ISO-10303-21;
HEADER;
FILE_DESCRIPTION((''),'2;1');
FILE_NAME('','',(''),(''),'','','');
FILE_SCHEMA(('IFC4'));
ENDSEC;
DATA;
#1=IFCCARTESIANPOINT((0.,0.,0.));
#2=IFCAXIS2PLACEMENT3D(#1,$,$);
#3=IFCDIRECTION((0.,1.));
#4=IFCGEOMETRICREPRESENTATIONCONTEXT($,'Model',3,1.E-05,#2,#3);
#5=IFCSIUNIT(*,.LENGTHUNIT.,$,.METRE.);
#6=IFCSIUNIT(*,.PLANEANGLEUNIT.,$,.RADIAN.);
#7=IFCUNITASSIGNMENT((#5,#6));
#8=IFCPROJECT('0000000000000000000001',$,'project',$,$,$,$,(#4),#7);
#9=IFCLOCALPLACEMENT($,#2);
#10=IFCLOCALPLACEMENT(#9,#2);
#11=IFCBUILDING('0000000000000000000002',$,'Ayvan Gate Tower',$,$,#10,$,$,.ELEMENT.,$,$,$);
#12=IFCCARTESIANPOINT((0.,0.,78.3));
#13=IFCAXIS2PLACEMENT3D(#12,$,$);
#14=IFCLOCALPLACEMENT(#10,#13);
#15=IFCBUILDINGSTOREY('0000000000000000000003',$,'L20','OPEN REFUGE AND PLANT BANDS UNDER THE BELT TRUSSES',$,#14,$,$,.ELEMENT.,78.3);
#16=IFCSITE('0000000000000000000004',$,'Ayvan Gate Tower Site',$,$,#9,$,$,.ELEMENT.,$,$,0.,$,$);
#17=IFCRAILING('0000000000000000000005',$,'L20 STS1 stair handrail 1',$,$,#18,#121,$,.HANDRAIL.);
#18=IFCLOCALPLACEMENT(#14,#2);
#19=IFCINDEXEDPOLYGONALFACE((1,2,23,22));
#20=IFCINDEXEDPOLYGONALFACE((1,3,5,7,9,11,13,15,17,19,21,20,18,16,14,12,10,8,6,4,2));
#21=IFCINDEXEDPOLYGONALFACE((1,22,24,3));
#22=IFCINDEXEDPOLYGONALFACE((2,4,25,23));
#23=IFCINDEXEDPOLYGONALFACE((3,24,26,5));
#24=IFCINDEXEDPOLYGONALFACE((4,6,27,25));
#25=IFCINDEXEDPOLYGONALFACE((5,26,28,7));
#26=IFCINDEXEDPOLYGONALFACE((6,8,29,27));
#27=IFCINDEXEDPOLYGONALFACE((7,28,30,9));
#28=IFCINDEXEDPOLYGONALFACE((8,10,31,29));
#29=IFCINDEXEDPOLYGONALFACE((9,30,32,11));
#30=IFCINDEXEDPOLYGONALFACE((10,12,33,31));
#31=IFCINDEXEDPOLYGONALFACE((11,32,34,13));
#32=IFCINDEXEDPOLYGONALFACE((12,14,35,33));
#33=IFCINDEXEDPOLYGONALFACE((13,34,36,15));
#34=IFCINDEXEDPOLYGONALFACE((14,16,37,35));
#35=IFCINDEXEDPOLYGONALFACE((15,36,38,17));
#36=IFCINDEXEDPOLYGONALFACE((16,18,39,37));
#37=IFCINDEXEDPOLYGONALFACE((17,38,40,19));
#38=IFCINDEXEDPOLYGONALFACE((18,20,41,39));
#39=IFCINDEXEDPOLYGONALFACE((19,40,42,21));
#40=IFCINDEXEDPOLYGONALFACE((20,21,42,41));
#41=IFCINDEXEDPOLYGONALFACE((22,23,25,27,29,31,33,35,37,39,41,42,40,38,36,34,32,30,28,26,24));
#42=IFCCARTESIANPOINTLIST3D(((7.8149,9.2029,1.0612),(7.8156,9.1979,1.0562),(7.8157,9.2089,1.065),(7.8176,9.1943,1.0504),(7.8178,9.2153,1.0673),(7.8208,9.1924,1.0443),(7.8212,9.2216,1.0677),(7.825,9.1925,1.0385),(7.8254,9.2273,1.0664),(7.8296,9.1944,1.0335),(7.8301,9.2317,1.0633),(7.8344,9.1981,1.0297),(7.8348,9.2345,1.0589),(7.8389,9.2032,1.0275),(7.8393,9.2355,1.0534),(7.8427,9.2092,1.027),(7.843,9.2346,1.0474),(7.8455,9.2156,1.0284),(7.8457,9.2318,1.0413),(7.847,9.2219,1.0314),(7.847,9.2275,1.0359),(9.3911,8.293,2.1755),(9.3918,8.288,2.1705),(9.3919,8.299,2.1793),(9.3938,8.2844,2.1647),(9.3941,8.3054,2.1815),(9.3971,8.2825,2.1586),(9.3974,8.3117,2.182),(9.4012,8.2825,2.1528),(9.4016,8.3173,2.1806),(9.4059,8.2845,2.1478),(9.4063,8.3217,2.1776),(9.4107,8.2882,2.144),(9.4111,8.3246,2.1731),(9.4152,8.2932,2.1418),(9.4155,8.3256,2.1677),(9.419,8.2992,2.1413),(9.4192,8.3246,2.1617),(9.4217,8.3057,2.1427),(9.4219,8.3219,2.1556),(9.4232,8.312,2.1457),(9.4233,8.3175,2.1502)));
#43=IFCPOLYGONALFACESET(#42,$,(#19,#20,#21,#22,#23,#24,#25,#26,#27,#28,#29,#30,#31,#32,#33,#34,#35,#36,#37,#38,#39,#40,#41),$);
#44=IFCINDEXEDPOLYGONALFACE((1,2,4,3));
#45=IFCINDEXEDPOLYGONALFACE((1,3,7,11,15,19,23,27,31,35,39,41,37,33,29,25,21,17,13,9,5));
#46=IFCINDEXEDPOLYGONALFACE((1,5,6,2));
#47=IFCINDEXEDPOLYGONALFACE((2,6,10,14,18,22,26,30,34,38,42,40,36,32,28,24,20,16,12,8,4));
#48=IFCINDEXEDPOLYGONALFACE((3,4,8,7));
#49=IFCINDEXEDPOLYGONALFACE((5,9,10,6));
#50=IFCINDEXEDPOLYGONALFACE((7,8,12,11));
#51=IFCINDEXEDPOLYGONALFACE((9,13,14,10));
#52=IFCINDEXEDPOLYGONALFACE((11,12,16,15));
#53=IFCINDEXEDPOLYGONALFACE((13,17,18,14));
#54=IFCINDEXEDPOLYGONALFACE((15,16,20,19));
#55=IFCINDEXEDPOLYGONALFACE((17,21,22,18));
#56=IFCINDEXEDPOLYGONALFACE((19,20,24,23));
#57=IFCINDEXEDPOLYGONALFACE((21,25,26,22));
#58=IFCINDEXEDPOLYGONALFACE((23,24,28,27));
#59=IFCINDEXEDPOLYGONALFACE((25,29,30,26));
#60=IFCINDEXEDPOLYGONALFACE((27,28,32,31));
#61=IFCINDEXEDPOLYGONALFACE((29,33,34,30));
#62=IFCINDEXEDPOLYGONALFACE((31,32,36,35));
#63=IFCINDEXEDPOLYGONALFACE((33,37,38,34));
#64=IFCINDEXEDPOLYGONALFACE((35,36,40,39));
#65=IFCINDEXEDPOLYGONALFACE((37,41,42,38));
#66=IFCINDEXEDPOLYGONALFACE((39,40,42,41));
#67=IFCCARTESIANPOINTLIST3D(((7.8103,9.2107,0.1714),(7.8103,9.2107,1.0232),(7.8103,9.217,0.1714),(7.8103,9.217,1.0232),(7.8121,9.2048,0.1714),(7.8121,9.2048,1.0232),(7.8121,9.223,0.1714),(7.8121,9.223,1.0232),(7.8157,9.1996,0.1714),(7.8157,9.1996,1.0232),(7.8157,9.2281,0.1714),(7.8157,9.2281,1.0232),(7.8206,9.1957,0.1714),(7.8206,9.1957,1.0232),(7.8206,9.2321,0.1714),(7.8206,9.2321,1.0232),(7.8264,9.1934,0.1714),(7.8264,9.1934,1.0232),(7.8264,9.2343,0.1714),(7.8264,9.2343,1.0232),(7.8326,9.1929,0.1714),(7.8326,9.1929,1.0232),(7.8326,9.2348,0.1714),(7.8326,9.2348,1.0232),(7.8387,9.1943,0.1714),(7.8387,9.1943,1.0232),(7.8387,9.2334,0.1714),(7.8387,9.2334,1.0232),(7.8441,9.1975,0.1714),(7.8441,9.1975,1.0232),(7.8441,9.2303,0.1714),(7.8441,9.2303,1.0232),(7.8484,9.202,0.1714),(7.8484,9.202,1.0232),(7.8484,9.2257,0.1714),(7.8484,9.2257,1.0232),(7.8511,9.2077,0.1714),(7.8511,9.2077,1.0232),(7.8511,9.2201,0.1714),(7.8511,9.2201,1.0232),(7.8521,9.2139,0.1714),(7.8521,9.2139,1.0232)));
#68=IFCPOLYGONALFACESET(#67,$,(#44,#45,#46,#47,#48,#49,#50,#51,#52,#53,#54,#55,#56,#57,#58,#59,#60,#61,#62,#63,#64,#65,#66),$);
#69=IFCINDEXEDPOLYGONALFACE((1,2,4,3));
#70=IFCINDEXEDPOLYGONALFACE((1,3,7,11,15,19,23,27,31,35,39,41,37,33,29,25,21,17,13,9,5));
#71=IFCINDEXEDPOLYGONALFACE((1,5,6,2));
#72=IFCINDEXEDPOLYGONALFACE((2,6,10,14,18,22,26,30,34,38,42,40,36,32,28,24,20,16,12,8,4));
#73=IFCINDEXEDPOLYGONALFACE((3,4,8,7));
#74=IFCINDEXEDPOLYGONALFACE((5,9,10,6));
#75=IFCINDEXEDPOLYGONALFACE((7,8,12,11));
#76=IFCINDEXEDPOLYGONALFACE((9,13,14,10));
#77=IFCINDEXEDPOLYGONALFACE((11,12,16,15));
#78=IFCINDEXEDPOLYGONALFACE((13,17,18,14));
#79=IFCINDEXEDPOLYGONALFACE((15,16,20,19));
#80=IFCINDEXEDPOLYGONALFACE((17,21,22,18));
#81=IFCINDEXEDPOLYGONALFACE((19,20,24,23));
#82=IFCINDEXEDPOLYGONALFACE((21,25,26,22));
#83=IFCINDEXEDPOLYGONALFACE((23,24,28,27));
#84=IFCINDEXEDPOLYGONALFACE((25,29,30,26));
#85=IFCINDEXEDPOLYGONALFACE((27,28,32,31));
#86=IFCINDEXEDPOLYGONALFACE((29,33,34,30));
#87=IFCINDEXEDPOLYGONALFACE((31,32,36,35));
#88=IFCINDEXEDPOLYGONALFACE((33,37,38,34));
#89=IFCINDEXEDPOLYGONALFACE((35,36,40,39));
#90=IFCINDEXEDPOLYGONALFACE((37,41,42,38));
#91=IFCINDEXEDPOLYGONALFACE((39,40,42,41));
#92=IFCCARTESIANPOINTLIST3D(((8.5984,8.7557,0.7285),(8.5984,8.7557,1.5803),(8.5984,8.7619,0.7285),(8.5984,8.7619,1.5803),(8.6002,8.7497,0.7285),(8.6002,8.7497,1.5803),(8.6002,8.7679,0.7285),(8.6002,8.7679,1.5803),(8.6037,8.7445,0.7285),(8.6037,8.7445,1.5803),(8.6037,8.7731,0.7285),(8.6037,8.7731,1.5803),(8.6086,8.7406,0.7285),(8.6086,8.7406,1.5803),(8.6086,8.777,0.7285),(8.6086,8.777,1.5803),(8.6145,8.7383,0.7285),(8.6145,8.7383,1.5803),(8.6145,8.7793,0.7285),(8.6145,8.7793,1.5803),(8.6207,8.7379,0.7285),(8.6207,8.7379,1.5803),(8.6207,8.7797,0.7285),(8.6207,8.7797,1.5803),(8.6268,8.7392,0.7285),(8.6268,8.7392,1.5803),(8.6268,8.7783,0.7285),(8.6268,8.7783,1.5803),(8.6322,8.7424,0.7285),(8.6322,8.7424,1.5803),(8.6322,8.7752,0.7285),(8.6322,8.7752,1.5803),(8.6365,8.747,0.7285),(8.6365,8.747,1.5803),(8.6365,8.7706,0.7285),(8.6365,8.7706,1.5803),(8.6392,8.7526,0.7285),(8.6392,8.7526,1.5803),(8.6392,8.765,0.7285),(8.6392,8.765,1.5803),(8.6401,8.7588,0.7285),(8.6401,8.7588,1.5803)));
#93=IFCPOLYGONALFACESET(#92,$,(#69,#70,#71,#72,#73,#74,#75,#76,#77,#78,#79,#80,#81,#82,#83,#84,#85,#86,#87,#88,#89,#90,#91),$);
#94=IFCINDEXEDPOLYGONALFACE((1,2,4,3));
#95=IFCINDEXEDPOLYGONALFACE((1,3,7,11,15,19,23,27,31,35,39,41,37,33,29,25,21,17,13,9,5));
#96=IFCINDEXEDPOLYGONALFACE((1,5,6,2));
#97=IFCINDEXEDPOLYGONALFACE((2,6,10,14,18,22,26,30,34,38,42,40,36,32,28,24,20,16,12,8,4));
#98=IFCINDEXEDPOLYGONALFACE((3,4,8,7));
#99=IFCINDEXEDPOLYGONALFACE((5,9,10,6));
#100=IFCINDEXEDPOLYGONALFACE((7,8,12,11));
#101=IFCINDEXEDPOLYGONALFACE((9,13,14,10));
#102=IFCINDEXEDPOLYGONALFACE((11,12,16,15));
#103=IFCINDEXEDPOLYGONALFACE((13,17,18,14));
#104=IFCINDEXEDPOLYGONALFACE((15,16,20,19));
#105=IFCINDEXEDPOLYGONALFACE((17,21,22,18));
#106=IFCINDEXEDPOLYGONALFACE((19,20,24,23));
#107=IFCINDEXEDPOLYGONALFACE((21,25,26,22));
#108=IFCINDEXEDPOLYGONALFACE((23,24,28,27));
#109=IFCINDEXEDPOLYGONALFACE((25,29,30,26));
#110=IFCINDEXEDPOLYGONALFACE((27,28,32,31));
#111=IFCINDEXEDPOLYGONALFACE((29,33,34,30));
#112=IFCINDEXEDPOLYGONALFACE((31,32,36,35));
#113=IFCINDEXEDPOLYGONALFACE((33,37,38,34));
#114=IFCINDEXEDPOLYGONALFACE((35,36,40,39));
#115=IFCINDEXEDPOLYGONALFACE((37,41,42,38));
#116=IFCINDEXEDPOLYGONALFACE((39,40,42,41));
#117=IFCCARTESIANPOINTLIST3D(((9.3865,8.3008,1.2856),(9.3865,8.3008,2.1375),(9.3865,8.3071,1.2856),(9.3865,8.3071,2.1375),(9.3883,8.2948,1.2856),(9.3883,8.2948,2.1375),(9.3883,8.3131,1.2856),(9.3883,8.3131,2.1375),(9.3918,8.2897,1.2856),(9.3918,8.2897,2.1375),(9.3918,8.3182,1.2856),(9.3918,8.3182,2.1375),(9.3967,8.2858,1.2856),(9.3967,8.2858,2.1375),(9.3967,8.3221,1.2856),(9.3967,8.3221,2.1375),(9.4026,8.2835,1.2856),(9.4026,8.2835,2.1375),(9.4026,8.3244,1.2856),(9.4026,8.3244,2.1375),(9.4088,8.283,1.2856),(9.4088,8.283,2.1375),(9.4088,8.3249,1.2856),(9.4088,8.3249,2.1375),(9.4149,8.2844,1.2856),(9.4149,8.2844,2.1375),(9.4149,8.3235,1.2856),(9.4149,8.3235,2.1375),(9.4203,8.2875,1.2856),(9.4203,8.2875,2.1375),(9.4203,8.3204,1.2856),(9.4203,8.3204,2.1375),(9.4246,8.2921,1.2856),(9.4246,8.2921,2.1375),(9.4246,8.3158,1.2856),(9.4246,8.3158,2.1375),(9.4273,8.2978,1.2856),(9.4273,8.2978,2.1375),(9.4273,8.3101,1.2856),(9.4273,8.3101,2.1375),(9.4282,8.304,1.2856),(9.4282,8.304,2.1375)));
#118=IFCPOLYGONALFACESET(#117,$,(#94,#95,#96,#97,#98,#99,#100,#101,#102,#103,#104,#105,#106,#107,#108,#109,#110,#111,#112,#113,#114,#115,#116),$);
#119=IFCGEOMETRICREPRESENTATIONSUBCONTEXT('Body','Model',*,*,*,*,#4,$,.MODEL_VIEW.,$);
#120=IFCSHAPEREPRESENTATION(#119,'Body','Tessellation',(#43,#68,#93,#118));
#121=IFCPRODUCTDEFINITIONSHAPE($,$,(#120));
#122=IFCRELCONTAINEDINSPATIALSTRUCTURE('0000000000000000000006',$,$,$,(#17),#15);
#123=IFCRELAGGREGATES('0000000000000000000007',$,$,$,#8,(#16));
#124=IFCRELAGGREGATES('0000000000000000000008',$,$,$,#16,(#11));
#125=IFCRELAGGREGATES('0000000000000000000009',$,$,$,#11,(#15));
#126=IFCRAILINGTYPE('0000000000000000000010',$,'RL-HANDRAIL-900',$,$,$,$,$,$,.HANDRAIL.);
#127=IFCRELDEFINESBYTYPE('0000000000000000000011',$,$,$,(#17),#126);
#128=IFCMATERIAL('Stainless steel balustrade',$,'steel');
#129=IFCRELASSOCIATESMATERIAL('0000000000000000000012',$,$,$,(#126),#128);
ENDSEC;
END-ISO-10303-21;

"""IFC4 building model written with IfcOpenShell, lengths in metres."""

from ifc_helpers import new_model, si_unit, direction, frame, origin, origin_2d, place, context, subcontext, project, spatial, circle, extrude, material, type_object, element, save


model = new_model("IFC4")

# Units and contexts
model_context = context("Model", 3, precision=1e-05, world=origin(), true_north=direction((0.0, 1.0)))
body_context = subcontext(model_context, "Body", "Model", "MODEL_VIEW")
ifc_project = project(units=[si_unit("LENGTHUNIT", "METRE"), si_unit("PLANEANGLEUNIT", "RADIAN")], contexts=[model_context])

# Site, building, storey
site_placement = place(None, origin())
site = spatial("IfcSite", under=ifc_project, at=site_placement, Name="Ayvan Gate Tower Site", CompositionType="ELEMENT", RefElevation=0.0)
building_placement = place(site_placement, origin())
building = spatial("IfcBuilding", under=site, at=building_placement, Name="Ayvan Gate Tower", CompositionType="ELEMENT")
storey_placement = place(building_placement, frame((0.0, 0.0, 78.3)))
storey = spatial("IfcBuildingStorey", under=building, at=storey_placement, Name="L20", Description="OPEN REFUGE AND PLANT BANDS UNDER THE BELT TRUSSES", CompositionType="ELEMENT", Elevation=78.3)

# Railing
ifc_material_1 = material(Name="Stainless steel balustrade", Category="steel")
railing_type_1 = type_object("IfcRailingType", Name="RL-HANDRAIL-900", PredefinedType="HANDRAIL", material=ifc_material_1)
railing_1_placement = place(storey_placement, frame((7.8311, 9.2139, 0.1714)))
element("IfcRailing", 1, at=railing_1_placement, inside=storey, type_object=railing_type_1, Name="L20 STS1 stair handrail 1", PredefinedType="HANDRAIL", context=body_context, shape_type="SweptSolid", body=[
    extrude(circle(Radius=0.0239, at=origin_2d()), frame((0.0, 0.0, 0.876), z_axis=(0.73861, -0.426394, 0.522153), x_axis=(0.499962, 0.866047, 0.0)), (0.0, 0.0, 1.0), 2.134),
    extrude(circle(Radius=0.021, at=origin_2d()), origin(), (0.0, 0.0, 1.0), 0.8518),
    extrude(circle(Radius=0.021, at=origin_2d()), frame((0.7881, -0.4551, 0.5571)), (0.0, 0.0, 1.0), 0.8518),
    extrude(circle(Radius=0.021, at=origin_2d()), frame((1.5762, -0.9099, 1.1143)), (0.0, 0.0, 1.0), 0.8518),
])

save(model, "model.ifc")
